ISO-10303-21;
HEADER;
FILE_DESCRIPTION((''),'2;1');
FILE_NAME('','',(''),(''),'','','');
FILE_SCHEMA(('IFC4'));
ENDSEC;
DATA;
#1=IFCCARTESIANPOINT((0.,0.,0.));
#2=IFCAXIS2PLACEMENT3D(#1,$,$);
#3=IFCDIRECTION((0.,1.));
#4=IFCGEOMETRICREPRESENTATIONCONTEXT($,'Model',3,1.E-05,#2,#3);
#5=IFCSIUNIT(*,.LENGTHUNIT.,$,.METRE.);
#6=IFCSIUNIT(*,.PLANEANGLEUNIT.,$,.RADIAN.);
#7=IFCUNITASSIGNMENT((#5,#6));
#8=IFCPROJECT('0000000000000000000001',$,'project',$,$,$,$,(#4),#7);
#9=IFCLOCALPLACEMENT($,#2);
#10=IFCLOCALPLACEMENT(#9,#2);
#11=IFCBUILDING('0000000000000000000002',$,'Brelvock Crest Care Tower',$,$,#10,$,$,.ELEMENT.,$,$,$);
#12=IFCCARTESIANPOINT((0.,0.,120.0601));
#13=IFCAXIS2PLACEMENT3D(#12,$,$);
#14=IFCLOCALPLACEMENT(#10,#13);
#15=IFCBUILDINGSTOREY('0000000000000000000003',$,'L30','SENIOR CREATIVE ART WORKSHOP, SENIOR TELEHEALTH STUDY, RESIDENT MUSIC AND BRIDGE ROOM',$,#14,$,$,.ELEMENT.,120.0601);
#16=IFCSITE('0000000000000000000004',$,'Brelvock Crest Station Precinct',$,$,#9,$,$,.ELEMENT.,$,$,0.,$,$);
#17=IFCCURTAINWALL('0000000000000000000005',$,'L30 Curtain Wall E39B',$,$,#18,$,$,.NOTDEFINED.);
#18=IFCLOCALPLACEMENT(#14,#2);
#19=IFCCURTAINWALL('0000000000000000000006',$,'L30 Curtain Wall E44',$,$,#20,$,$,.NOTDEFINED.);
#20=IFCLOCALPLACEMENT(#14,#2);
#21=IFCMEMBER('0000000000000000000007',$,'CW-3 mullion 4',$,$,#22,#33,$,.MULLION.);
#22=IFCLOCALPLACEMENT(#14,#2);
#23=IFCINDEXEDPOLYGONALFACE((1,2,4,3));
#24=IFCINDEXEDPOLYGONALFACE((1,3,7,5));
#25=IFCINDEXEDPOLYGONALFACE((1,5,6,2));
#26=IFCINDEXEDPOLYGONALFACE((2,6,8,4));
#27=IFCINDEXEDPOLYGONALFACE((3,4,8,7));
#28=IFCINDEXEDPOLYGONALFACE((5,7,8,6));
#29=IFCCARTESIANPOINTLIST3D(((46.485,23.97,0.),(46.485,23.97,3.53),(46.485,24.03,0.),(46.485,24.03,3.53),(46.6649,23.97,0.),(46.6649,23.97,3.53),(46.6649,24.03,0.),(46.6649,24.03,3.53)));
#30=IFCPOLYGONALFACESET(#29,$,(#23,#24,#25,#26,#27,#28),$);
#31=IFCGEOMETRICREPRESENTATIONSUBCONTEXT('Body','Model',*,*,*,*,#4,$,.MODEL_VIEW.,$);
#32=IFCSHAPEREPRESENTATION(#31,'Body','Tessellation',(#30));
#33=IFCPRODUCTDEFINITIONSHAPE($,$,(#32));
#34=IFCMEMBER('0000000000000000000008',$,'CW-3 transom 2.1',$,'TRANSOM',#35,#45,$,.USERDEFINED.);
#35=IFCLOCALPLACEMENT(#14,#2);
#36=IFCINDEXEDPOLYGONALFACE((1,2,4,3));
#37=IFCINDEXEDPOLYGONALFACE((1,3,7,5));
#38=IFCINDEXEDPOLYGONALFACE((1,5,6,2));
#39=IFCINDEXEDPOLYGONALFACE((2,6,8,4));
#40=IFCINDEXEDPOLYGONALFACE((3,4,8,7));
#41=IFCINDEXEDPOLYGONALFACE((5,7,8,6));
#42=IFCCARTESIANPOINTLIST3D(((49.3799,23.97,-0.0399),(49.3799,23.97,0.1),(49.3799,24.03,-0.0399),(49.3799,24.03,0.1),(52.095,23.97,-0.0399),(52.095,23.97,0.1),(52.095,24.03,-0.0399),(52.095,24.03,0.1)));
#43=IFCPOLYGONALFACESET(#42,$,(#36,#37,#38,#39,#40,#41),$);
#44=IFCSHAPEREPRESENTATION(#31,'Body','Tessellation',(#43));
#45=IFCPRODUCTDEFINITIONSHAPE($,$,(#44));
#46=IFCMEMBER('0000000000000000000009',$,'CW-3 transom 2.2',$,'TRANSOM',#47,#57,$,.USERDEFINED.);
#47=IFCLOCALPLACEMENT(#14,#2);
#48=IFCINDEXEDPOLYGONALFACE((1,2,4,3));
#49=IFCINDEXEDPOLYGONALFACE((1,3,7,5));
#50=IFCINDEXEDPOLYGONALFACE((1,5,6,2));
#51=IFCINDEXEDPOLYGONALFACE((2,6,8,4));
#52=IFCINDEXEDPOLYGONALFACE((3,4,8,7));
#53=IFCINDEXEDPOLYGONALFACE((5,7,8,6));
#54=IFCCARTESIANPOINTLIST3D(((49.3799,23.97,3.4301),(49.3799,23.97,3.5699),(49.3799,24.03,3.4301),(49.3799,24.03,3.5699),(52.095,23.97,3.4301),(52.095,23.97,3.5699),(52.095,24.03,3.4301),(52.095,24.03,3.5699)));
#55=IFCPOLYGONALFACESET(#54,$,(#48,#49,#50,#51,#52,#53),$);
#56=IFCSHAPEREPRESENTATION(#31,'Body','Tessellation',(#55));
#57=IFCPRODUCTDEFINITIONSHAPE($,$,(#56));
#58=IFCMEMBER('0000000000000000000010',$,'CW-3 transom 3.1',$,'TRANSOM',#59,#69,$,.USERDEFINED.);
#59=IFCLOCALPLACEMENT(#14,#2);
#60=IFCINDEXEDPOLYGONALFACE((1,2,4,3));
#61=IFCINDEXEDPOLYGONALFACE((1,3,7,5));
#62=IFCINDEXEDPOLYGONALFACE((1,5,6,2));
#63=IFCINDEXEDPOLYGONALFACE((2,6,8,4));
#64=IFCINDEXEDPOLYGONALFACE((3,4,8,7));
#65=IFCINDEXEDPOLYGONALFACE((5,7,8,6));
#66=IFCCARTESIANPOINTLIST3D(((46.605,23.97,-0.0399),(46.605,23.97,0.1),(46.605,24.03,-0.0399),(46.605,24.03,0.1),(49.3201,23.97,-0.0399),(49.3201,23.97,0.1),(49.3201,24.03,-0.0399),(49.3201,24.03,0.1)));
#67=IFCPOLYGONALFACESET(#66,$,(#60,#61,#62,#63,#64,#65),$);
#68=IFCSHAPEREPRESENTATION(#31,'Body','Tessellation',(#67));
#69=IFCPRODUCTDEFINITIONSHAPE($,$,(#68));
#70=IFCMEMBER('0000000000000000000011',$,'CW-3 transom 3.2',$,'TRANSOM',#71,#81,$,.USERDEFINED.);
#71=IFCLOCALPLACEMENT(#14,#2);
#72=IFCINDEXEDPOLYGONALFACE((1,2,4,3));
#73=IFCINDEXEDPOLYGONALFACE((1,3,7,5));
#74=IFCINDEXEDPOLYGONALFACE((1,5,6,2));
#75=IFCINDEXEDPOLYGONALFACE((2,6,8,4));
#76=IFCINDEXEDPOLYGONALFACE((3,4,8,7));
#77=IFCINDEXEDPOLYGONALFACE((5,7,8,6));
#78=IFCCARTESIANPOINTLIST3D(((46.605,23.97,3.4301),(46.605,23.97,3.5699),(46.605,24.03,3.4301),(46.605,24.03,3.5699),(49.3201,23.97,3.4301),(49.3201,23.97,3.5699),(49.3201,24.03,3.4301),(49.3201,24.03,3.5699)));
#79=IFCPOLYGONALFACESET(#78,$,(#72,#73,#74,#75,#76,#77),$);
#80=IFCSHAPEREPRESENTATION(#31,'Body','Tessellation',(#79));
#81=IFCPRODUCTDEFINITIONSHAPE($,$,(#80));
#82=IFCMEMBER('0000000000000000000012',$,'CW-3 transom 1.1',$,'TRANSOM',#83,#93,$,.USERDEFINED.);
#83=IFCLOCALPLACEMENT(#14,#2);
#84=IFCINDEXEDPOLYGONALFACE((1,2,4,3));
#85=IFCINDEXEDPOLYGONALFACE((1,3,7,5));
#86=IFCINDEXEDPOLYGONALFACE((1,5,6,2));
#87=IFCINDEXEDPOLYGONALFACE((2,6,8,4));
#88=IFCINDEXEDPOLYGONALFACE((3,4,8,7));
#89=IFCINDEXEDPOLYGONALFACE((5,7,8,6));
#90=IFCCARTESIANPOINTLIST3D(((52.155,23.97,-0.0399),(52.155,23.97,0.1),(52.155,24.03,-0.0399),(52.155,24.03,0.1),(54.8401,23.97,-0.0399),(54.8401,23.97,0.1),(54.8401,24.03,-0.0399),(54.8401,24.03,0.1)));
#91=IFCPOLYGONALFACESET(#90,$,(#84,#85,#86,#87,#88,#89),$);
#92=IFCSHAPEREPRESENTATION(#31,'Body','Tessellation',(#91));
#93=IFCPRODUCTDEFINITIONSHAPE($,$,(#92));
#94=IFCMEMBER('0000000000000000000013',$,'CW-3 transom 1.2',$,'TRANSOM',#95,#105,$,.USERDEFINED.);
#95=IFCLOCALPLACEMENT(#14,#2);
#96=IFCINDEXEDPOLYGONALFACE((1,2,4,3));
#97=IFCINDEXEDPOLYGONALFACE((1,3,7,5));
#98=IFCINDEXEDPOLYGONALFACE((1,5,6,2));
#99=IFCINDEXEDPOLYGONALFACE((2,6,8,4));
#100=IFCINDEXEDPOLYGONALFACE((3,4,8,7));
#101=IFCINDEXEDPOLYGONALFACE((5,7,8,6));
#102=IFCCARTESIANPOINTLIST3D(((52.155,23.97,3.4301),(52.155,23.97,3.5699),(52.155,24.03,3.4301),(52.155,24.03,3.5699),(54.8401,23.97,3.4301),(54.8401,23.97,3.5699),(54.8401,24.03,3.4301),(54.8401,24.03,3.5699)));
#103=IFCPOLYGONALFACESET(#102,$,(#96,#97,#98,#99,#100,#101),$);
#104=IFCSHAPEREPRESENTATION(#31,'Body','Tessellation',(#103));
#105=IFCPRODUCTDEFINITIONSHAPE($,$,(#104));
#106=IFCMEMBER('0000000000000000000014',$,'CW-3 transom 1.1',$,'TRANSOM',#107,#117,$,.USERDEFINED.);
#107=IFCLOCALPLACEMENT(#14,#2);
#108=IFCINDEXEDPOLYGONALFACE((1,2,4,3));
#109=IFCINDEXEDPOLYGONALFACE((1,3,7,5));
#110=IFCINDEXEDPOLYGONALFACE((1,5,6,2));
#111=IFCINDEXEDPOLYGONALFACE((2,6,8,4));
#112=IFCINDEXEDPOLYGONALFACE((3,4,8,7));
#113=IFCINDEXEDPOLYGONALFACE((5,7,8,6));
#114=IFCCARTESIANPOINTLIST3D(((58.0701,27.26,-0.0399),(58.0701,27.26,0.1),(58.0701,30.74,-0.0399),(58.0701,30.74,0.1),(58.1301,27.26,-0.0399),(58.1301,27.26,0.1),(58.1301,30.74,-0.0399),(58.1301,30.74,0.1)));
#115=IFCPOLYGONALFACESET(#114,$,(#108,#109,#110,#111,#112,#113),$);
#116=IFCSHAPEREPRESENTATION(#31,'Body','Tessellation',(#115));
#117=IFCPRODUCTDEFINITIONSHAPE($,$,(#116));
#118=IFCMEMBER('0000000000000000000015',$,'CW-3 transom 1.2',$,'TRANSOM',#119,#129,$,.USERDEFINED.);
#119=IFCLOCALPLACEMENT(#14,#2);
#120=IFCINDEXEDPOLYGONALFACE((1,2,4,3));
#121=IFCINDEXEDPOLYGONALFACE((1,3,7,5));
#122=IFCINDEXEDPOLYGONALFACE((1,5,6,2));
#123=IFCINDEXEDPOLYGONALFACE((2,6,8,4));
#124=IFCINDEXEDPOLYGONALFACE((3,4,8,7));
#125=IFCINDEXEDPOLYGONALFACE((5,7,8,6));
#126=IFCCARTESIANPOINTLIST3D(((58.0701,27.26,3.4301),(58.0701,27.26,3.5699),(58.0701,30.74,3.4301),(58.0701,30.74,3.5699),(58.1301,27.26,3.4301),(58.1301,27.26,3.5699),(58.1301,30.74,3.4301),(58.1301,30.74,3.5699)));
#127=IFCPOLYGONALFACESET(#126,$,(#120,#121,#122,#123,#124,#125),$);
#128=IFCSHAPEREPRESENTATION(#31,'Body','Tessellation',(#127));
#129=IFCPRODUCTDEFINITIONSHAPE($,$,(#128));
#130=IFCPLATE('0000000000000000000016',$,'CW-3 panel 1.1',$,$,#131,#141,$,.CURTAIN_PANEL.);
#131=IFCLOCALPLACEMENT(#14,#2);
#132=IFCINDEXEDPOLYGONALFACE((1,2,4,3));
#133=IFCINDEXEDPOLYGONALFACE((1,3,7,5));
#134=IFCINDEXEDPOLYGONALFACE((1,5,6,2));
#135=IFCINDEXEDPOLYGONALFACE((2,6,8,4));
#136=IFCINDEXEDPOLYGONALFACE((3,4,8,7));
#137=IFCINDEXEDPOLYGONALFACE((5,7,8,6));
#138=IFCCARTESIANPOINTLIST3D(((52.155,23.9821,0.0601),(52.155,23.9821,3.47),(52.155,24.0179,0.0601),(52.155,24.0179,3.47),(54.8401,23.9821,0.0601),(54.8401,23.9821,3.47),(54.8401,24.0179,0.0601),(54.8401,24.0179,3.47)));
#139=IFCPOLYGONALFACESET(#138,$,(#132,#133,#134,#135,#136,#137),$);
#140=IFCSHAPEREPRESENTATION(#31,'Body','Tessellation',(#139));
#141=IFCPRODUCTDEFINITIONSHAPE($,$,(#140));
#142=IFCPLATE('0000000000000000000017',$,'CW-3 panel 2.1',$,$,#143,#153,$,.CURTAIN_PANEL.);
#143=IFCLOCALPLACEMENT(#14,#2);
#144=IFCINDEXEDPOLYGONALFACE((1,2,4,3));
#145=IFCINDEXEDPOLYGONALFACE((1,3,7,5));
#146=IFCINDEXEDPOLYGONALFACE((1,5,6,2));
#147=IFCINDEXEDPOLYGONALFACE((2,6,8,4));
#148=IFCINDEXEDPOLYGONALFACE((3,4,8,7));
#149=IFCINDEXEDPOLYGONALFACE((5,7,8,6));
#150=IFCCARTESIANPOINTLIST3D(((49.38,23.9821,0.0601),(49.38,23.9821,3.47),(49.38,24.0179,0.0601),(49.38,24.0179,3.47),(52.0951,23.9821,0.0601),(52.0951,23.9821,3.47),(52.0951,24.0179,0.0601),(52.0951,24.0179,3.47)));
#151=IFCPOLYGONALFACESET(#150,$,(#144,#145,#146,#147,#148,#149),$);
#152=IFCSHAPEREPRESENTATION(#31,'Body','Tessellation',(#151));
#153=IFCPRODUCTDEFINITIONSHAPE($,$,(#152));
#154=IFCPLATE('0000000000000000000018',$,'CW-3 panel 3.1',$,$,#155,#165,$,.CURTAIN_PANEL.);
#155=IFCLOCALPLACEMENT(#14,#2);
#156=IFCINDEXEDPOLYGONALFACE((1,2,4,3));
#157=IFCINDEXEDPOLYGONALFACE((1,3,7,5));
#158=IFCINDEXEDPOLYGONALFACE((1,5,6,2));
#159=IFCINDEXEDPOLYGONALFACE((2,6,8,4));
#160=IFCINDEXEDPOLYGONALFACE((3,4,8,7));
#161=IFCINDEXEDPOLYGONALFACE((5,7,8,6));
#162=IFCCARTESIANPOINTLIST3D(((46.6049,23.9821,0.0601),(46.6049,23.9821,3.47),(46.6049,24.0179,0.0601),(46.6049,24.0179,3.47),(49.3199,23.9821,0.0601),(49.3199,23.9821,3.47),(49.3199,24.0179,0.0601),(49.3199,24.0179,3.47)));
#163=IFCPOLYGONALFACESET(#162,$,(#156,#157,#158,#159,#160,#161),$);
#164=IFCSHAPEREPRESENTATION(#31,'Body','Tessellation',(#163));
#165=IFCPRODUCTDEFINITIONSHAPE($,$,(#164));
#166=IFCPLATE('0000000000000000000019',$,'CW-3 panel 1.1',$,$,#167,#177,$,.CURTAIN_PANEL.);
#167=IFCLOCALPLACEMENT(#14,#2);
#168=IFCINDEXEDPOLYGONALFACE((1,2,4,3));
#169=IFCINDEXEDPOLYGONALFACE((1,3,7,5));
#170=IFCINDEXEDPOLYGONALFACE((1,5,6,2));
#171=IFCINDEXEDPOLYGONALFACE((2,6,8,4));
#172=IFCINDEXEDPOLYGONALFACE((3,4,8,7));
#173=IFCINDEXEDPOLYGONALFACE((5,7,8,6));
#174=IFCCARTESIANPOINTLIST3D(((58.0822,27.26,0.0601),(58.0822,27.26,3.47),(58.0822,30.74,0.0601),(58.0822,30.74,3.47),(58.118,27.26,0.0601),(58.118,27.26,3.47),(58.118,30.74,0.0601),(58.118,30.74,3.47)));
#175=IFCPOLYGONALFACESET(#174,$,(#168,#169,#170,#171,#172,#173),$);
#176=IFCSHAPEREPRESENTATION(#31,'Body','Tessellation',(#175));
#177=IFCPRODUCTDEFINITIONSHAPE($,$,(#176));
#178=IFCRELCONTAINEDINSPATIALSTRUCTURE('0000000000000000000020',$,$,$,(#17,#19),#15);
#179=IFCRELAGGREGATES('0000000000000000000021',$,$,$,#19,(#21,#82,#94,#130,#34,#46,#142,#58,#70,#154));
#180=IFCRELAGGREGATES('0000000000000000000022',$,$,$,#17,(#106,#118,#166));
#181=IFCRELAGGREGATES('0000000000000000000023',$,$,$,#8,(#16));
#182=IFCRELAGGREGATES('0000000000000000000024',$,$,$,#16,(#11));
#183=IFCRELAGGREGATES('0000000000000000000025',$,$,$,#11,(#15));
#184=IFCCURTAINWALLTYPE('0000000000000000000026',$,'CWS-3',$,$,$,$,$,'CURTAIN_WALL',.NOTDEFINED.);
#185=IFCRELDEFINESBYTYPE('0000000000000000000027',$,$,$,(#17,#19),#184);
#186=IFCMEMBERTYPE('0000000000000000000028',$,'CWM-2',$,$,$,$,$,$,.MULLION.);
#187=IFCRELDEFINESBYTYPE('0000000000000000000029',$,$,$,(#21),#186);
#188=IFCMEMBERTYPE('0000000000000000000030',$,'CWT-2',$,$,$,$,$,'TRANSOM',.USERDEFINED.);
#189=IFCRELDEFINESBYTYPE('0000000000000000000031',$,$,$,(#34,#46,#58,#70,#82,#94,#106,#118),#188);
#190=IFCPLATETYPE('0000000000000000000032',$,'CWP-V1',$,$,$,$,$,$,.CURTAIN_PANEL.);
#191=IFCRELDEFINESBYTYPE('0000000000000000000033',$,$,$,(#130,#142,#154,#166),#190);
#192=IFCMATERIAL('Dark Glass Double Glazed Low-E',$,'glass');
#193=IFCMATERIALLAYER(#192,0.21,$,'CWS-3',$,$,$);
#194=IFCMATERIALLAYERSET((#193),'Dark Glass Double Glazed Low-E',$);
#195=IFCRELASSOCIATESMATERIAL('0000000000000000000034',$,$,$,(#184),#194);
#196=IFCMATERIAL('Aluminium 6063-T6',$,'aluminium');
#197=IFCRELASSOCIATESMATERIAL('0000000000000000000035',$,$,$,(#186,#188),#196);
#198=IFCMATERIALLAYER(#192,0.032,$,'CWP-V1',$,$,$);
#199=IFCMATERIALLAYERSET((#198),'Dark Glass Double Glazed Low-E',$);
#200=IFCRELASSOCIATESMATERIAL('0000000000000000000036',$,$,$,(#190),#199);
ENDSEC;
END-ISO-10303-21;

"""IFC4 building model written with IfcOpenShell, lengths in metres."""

from ifc_helpers import new_model, si_unit, direction, frame, origin, origin_2d, place, context, subcontext, project, spatial, rectangle, extrude, source, transform, mapped, material, layer, layer_set, material_profile, profile_set, type_object, element, aggregate, save


model = new_model("IFC4")

# Units and contexts
model_context = context("Model", 3, precision=1e-05, world=origin(), true_north=direction((0.0, 1.0)))
body_context = subcontext(model_context, "Body", "Model", "MODEL_VIEW")
ifc_project = project(units=[si_unit("LENGTHUNIT", "METRE"), si_unit("PLANEANGLEUNIT", "RADIAN")], contexts=[model_context])

# Site, building, storey
site_placement = place(None, origin())
site = spatial("IfcSite", under=ifc_project, at=site_placement, Name="Brelvock Crest Station Precinct", CompositionType="ELEMENT", RefElevation=0.0)
building_placement = place(site_placement, origin())
building = spatial("IfcBuilding", under=site, at=building_placement, Name="Brelvock Crest Care Tower", CompositionType="ELEMENT")
storey_placement = place(building_placement, frame((0.0, 0.0, 120.0601)))
storey = spatial("IfcBuildingStorey", under=building, at=storey_placement, Name="L30", Description="SENIOR CREATIVE ART WORKSHOP, SENIOR TELEHEALTH STUDY, RESIDENT MUSIC AND BRIDGE ROOM", CompositionType="ELEMENT", Elevation=120.0601)

# Curtain walls, members
ifc_material_1 = material(Name="Dark Glass Double Glazed Low-E", Category="glass")
ifc_layer_1 = layer(ifc_material_1, 0.21, Name="CWS-3")
ifc_layer_set_1 = layer_set([ifc_layer_1], Name="Dark Glass Double Glazed Low-E")
curtain_wall_type = type_object("IfcCurtainWallType", Name="CWS-3", ElementType="CURTAIN_WALL", PredefinedType="NOTDEFINED", material=ifc_layer_set_1)
curtain_wall_1_placement = place(storey_placement, origin())
curtain_wall_1 = element("IfcCurtainWall", 1, at=curtain_wall_1_placement, inside=storey, type_object=curtain_wall_type, Name="L30 Curtain Wall E39B", PredefinedType="NOTDEFINED")
ifc_material_2 = material(Name="Aluminium 6063-T6", Category="aluminium")
ifc_material_profile_1 = material_profile(ifc_material_2, rectangle(XDim=0.0601, YDim=0.1799, at=origin_2d()), Name="ALU60x180")
ifc_profile_set_1 = profile_set([ifc_material_profile_1], Name="Aluminium 6063-T6")
member_type_1 = type_object("IfcMemberType", Name="CWM-2", PredefinedType="MULLION", material=ifc_profile_set_1)
shared_shape_1 = source(origin(), body_context, "Body", "SweptSolid", [
    extrude(rectangle(XDim=0.0601, YDim=0.1799, at=origin_2d()), origin(), (0.0, 0.0, 1.0), 3.53),
])
curtain_wall_2_placement = place(storey_placement, origin())
curtain_wall_2 = element("IfcCurtainWall", 2, at=curtain_wall_2_placement, inside=storey, type_object=curtain_wall_type, Name="L30 Curtain Wall E44", PredefinedType="NOTDEFINED")
member_1_placement = place(storey_placement, frame((46.575, 24.0, 0.0), z_axis=(0.0, 0.0, 1.0), x_axis=(0.0, -1.0, 0.0)))
member_1 = element("IfcMember", 3, at=member_1_placement, type_object=member_type_1, Name="CW-3 mullion 4", PredefinedType="MULLION", context=body_context, shape_type="MappedRepresentation", body=[
    mapped(shared_shape_1, transform((0.0, 0.0, 0.0), x_axis=(1.0, 0.0, 0.0), y_axis=(0.0, 1.0, 0.0), z_axis=(0.0, 0.0, 1.0), scale=1.0)),
])
ifc_material_profile_2 = material_profile(ifc_material_2, rectangle(XDim=0.0601, YDim=0.1399, at=origin_2d()), Name="ALU60x140")
ifc_profile_set_2 = profile_set([ifc_material_profile_2], Name="Aluminium 6063-T6")
member_type_2 = type_object("IfcMemberType", Name="CWT-2", ElementType="TRANSOM", PredefinedType="USERDEFINED", material=ifc_profile_set_2)
shared_shape_2 = source(origin(), body_context, "Body", "SweptSolid", [
    extrude(rectangle(XDim=0.0601, YDim=0.1399, at=origin_2d()), origin(), (0.0, 0.0, 1.0), 2.7151),
])
member_2_placement = place(storey_placement, frame((52.095, 24.0, 0.03), z_axis=(-1.0, 0.0, 0.0), x_axis=(0.0, -1.0, 0.0)))
member_2 = element("IfcMember", 4, at=member_2_placement, type_object=member_type_2, Name="CW-3 transom 2.1", ObjectType="TRANSOM", PredefinedType="USERDEFINED", context=body_context, shape_type="MappedRepresentation", body=[
    mapped(shared_shape_2, transform((0.0, 0.0, 0.0), x_axis=(1.0, 0.0, 0.0), y_axis=(0.0, 1.0, 0.0), z_axis=(0.0, 0.0, 1.0), scale=1.0)),
])
member_3_placement = place(storey_placement, frame((52.095, 24.0, 3.5), z_axis=(-1.0, 0.0, 0.0), x_axis=(0.0, -1.0, 0.0)))
member_3 = element("IfcMember", 5, at=member_3_placement, type_object=member_type_2, Name="CW-3 transom 2.2", ObjectType="TRANSOM", PredefinedType="USERDEFINED", context=body_context, shape_type="MappedRepresentation", body=[
    mapped(shared_shape_2, transform((0.0, 0.0, 0.0), x_axis=(1.0, 0.0, 0.0), y_axis=(0.0, 1.0, 0.0), z_axis=(0.0, 0.0, 1.0), scale=1.0)),
])
member_4_placement = place(storey_placement, frame((49.3201, 24.0, 0.03), z_axis=(-1.0, 0.0, 0.0), x_axis=(0.0, -1.0, 0.0)))
member_4 = element("IfcMember", 6, at=member_4_placement, type_object=member_type_2, Name="CW-3 transom 3.1", ObjectType="TRANSOM", PredefinedType="USERDEFINED", context=body_context, shape_type="MappedRepresentation", body=[
    mapped(shared_shape_2, transform((0.0, 0.0, 0.0), x_axis=(1.0, 0.0, 0.0), y_axis=(0.0, 1.0, 0.0), z_axis=(0.0, 0.0, 1.0), scale=1.0)),
])
member_5_placement = place(storey_placement, frame((49.3201, 24.0, 3.5), z_axis=(-1.0, 0.0, 0.0), x_axis=(0.0, -1.0, 0.0)))
member_5 = element("IfcMember", 7, at=member_5_placement, type_object=member_type_2, Name="CW-3 transom 3.2", ObjectType="TRANSOM", PredefinedType="USERDEFINED", context=body_context, shape_type="MappedRepresentation", body=[
    mapped(shared_shape_2, transform((0.0, 0.0, 0.0), x_axis=(1.0, 0.0, 0.0), y_axis=(0.0, 1.0, 0.0), z_axis=(0.0, 0.0, 1.0), scale=1.0)),
])
shared_shape_3 = source(origin(), body_context, "Body", "SweptSolid", [
    extrude(rectangle(XDim=0.0601, YDim=0.1399, at=origin_2d()), origin(), (0.0, 0.0, 1.0), 2.6851),
])
member_6_placement = place(storey_placement, frame((54.8401, 24.0, 0.03), z_axis=(-1.0, 0.0, 0.0), x_axis=(0.0, -1.0, 0.0)))
member_6 = element("IfcMember", 8, at=member_6_placement, type_object=member_type_2, Name="CW-3 transom 1.1", ObjectType="TRANSOM", PredefinedType="USERDEFINED", context=body_context, shape_type="MappedRepresentation", body=[
    mapped(shared_shape_3, transform((0.0, 0.0, 0.0), x_axis=(1.0, 0.0, 0.0), y_axis=(0.0, 1.0, 0.0), z_axis=(0.0, 0.0, 1.0), scale=1.0)),
])
member_7_placement = place(storey_placement, frame((54.8401, 24.0, 3.5), z_axis=(-1.0, 0.0, 0.0), x_axis=(0.0, -1.0, 0.0)))
member_7 = element("IfcMember", 9, at=member_7_placement, type_object=member_type_2, Name="CW-3 transom 1.2", ObjectType="TRANSOM", PredefinedType="USERDEFINED", context=body_context, shape_type="MappedRepresentation", body=[
    mapped(shared_shape_3, transform((0.0, 0.0, 0.0), x_axis=(1.0, 0.0, 0.0), y_axis=(0.0, 1.0, 0.0), z_axis=(0.0, 0.0, 1.0), scale=1.0)),
])

# Members
shared_shape_4 = source(origin(), body_context, "Body", "SweptSolid", [
    extrude(rectangle(XDim=0.0601, YDim=0.1399, at=origin_2d()), origin(), (0.0, 0.0, 1.0), 3.48),
])
member_8_placement = place(storey_placement, frame((58.1001, 30.74, 0.03), z_axis=(0.0, -1.0, 0.0), x_axis=(1.0, 0.0, 0.0)))
member_8 = element("IfcMember", 10, at=member_8_placement, type_object=member_type_2, Name="CW-3 transom 1.1", ObjectType="TRANSOM", PredefinedType="USERDEFINED", context=body_context, shape_type="MappedRepresentation", body=[
    mapped(shared_shape_4, transform((0.0, 0.0, 0.0), x_axis=(1.0, 0.0, 0.0), y_axis=(0.0, 1.0, 0.0), z_axis=(0.0, 0.0, 1.0), scale=1.0)),
])
member_9_placement = place(storey_placement, frame((58.1001, 30.74, 3.5), z_axis=(0.0, -1.0, 0.0), x_axis=(1.0, 0.0, 0.0)))
member_9 = element("IfcMember", 11, at=member_9_placement, type_object=member_type_2, Name="CW-3 transom 1.2", ObjectType="TRANSOM", PredefinedType="USERDEFINED", context=body_context, shape_type="MappedRepresentation", body=[
    mapped(shared_shape_4, transform((0.0, 0.0, 0.0), x_axis=(1.0, 0.0, 0.0), y_axis=(0.0, 1.0, 0.0), z_axis=(0.0, 0.0, 1.0), scale=1.0)),
])

# Plates
ifc_layer_2 = layer(ifc_material_1, 0.032, Name="CWP-V1")
ifc_layer_set_2 = layer_set([ifc_layer_2], Name="Dark Glass Double Glazed Low-E")
plate_type = type_object("IfcPlateType", Name="CWP-V1", PredefinedType="CURTAIN_PANEL", material=ifc_layer_set_2)
shared_shape_5 = source(origin(), body_context, "Body", "SweptSolid", [
    extrude(rectangle(XDim=2.6851, YDim=0.0359, at=origin_2d()), origin(), (0.0, 0.0, 1.0), 3.4099),
])
plate_1_placement = place(storey_placement, frame((53.4976, 24.0, 0.0601), z_axis=(0.0, 0.0, 1.0), x_axis=(-1.0, 0.0, 0.0)))
plate_1 = element("IfcPlate", 12, at=plate_1_placement, type_object=plate_type, Name="CW-3 panel 1.1", PredefinedType="CURTAIN_PANEL", context=body_context, shape_type="MappedRepresentation", body=[
    mapped(shared_shape_5, transform((0.0, 0.0, 0.0), x_axis=(1.0, 0.0, 0.0), y_axis=(0.0, 1.0, 0.0), z_axis=(0.0, 0.0, 1.0), scale=1.0)),
])
shared_shape_6 = source(origin(), body_context, "Body", "SweptSolid", [
    extrude(rectangle(XDim=2.7151, YDim=0.0359, at=origin_2d()), origin(), (0.0, 0.0, 1.0), 3.4099),
])
plate_2_placement = place(storey_placement, frame((50.7375, 24.0, 0.0601), z_axis=(0.0, 0.0, 1.0), x_axis=(-1.0, 0.0, 0.0)))
plate_2 = element("IfcPlate", 13, at=plate_2_placement, type_object=plate_type, Name="CW-3 panel 2.1", PredefinedType="CURTAIN_PANEL", context=body_context, shape_type="MappedRepresentation", body=[
    mapped(shared_shape_6, transform((0.0, 0.0, 0.0), x_axis=(1.0, 0.0, 0.0), y_axis=(0.0, 1.0, 0.0), z_axis=(0.0, 0.0, 1.0), scale=1.0)),
])
plate_3_placement = place(storey_placement, frame((47.9624, 24.0, 0.0601), z_axis=(0.0, 0.0, 1.0), x_axis=(-1.0, 0.0, 0.0)))
plate_3 = element("IfcPlate", 14, at=plate_3_placement, type_object=plate_type, Name="CW-3 panel 3.1", PredefinedType="CURTAIN_PANEL", context=body_context, shape_type="MappedRepresentation", body=[
    mapped(shared_shape_6, transform((0.0, 0.0, 0.0), x_axis=(1.0, 0.0, 0.0), y_axis=(0.0, 1.0, 0.0), z_axis=(0.0, 0.0, 1.0), scale=1.0)),
])
aggregate(curtain_wall_2, [member_1, member_6, member_7, plate_1, member_2, member_3, plate_2, member_4, member_5, plate_3])
shared_shape_7 = source(origin(), body_context, "Body", "SweptSolid", [
    extrude(rectangle(XDim=3.48, YDim=0.0359, at=origin_2d()), origin(), (0.0, 0.0, 1.0), 3.4099),
])
plate_4_placement = place(storey_placement, frame((58.1001, 29.0, 0.0601), z_axis=(0.0, 0.0, 1.0), x_axis=(0.0, -1.0, 0.0)))
plate_4 = element("IfcPlate", 15, at=plate_4_placement, type_object=plate_type, Name="CW-3 panel 1.1", PredefinedType="CURTAIN_PANEL", context=body_context, shape_type="MappedRepresentation", body=[
    mapped(shared_shape_7, transform((0.0, 0.0, 0.0), x_axis=(1.0, 0.0, 0.0), y_axis=(0.0, 1.0, 0.0), z_axis=(0.0, 0.0, 1.0), scale=1.0)),
])
aggregate(curtain_wall_1, [member_8, member_9, plate_4])

save(model, "model.ifc")
